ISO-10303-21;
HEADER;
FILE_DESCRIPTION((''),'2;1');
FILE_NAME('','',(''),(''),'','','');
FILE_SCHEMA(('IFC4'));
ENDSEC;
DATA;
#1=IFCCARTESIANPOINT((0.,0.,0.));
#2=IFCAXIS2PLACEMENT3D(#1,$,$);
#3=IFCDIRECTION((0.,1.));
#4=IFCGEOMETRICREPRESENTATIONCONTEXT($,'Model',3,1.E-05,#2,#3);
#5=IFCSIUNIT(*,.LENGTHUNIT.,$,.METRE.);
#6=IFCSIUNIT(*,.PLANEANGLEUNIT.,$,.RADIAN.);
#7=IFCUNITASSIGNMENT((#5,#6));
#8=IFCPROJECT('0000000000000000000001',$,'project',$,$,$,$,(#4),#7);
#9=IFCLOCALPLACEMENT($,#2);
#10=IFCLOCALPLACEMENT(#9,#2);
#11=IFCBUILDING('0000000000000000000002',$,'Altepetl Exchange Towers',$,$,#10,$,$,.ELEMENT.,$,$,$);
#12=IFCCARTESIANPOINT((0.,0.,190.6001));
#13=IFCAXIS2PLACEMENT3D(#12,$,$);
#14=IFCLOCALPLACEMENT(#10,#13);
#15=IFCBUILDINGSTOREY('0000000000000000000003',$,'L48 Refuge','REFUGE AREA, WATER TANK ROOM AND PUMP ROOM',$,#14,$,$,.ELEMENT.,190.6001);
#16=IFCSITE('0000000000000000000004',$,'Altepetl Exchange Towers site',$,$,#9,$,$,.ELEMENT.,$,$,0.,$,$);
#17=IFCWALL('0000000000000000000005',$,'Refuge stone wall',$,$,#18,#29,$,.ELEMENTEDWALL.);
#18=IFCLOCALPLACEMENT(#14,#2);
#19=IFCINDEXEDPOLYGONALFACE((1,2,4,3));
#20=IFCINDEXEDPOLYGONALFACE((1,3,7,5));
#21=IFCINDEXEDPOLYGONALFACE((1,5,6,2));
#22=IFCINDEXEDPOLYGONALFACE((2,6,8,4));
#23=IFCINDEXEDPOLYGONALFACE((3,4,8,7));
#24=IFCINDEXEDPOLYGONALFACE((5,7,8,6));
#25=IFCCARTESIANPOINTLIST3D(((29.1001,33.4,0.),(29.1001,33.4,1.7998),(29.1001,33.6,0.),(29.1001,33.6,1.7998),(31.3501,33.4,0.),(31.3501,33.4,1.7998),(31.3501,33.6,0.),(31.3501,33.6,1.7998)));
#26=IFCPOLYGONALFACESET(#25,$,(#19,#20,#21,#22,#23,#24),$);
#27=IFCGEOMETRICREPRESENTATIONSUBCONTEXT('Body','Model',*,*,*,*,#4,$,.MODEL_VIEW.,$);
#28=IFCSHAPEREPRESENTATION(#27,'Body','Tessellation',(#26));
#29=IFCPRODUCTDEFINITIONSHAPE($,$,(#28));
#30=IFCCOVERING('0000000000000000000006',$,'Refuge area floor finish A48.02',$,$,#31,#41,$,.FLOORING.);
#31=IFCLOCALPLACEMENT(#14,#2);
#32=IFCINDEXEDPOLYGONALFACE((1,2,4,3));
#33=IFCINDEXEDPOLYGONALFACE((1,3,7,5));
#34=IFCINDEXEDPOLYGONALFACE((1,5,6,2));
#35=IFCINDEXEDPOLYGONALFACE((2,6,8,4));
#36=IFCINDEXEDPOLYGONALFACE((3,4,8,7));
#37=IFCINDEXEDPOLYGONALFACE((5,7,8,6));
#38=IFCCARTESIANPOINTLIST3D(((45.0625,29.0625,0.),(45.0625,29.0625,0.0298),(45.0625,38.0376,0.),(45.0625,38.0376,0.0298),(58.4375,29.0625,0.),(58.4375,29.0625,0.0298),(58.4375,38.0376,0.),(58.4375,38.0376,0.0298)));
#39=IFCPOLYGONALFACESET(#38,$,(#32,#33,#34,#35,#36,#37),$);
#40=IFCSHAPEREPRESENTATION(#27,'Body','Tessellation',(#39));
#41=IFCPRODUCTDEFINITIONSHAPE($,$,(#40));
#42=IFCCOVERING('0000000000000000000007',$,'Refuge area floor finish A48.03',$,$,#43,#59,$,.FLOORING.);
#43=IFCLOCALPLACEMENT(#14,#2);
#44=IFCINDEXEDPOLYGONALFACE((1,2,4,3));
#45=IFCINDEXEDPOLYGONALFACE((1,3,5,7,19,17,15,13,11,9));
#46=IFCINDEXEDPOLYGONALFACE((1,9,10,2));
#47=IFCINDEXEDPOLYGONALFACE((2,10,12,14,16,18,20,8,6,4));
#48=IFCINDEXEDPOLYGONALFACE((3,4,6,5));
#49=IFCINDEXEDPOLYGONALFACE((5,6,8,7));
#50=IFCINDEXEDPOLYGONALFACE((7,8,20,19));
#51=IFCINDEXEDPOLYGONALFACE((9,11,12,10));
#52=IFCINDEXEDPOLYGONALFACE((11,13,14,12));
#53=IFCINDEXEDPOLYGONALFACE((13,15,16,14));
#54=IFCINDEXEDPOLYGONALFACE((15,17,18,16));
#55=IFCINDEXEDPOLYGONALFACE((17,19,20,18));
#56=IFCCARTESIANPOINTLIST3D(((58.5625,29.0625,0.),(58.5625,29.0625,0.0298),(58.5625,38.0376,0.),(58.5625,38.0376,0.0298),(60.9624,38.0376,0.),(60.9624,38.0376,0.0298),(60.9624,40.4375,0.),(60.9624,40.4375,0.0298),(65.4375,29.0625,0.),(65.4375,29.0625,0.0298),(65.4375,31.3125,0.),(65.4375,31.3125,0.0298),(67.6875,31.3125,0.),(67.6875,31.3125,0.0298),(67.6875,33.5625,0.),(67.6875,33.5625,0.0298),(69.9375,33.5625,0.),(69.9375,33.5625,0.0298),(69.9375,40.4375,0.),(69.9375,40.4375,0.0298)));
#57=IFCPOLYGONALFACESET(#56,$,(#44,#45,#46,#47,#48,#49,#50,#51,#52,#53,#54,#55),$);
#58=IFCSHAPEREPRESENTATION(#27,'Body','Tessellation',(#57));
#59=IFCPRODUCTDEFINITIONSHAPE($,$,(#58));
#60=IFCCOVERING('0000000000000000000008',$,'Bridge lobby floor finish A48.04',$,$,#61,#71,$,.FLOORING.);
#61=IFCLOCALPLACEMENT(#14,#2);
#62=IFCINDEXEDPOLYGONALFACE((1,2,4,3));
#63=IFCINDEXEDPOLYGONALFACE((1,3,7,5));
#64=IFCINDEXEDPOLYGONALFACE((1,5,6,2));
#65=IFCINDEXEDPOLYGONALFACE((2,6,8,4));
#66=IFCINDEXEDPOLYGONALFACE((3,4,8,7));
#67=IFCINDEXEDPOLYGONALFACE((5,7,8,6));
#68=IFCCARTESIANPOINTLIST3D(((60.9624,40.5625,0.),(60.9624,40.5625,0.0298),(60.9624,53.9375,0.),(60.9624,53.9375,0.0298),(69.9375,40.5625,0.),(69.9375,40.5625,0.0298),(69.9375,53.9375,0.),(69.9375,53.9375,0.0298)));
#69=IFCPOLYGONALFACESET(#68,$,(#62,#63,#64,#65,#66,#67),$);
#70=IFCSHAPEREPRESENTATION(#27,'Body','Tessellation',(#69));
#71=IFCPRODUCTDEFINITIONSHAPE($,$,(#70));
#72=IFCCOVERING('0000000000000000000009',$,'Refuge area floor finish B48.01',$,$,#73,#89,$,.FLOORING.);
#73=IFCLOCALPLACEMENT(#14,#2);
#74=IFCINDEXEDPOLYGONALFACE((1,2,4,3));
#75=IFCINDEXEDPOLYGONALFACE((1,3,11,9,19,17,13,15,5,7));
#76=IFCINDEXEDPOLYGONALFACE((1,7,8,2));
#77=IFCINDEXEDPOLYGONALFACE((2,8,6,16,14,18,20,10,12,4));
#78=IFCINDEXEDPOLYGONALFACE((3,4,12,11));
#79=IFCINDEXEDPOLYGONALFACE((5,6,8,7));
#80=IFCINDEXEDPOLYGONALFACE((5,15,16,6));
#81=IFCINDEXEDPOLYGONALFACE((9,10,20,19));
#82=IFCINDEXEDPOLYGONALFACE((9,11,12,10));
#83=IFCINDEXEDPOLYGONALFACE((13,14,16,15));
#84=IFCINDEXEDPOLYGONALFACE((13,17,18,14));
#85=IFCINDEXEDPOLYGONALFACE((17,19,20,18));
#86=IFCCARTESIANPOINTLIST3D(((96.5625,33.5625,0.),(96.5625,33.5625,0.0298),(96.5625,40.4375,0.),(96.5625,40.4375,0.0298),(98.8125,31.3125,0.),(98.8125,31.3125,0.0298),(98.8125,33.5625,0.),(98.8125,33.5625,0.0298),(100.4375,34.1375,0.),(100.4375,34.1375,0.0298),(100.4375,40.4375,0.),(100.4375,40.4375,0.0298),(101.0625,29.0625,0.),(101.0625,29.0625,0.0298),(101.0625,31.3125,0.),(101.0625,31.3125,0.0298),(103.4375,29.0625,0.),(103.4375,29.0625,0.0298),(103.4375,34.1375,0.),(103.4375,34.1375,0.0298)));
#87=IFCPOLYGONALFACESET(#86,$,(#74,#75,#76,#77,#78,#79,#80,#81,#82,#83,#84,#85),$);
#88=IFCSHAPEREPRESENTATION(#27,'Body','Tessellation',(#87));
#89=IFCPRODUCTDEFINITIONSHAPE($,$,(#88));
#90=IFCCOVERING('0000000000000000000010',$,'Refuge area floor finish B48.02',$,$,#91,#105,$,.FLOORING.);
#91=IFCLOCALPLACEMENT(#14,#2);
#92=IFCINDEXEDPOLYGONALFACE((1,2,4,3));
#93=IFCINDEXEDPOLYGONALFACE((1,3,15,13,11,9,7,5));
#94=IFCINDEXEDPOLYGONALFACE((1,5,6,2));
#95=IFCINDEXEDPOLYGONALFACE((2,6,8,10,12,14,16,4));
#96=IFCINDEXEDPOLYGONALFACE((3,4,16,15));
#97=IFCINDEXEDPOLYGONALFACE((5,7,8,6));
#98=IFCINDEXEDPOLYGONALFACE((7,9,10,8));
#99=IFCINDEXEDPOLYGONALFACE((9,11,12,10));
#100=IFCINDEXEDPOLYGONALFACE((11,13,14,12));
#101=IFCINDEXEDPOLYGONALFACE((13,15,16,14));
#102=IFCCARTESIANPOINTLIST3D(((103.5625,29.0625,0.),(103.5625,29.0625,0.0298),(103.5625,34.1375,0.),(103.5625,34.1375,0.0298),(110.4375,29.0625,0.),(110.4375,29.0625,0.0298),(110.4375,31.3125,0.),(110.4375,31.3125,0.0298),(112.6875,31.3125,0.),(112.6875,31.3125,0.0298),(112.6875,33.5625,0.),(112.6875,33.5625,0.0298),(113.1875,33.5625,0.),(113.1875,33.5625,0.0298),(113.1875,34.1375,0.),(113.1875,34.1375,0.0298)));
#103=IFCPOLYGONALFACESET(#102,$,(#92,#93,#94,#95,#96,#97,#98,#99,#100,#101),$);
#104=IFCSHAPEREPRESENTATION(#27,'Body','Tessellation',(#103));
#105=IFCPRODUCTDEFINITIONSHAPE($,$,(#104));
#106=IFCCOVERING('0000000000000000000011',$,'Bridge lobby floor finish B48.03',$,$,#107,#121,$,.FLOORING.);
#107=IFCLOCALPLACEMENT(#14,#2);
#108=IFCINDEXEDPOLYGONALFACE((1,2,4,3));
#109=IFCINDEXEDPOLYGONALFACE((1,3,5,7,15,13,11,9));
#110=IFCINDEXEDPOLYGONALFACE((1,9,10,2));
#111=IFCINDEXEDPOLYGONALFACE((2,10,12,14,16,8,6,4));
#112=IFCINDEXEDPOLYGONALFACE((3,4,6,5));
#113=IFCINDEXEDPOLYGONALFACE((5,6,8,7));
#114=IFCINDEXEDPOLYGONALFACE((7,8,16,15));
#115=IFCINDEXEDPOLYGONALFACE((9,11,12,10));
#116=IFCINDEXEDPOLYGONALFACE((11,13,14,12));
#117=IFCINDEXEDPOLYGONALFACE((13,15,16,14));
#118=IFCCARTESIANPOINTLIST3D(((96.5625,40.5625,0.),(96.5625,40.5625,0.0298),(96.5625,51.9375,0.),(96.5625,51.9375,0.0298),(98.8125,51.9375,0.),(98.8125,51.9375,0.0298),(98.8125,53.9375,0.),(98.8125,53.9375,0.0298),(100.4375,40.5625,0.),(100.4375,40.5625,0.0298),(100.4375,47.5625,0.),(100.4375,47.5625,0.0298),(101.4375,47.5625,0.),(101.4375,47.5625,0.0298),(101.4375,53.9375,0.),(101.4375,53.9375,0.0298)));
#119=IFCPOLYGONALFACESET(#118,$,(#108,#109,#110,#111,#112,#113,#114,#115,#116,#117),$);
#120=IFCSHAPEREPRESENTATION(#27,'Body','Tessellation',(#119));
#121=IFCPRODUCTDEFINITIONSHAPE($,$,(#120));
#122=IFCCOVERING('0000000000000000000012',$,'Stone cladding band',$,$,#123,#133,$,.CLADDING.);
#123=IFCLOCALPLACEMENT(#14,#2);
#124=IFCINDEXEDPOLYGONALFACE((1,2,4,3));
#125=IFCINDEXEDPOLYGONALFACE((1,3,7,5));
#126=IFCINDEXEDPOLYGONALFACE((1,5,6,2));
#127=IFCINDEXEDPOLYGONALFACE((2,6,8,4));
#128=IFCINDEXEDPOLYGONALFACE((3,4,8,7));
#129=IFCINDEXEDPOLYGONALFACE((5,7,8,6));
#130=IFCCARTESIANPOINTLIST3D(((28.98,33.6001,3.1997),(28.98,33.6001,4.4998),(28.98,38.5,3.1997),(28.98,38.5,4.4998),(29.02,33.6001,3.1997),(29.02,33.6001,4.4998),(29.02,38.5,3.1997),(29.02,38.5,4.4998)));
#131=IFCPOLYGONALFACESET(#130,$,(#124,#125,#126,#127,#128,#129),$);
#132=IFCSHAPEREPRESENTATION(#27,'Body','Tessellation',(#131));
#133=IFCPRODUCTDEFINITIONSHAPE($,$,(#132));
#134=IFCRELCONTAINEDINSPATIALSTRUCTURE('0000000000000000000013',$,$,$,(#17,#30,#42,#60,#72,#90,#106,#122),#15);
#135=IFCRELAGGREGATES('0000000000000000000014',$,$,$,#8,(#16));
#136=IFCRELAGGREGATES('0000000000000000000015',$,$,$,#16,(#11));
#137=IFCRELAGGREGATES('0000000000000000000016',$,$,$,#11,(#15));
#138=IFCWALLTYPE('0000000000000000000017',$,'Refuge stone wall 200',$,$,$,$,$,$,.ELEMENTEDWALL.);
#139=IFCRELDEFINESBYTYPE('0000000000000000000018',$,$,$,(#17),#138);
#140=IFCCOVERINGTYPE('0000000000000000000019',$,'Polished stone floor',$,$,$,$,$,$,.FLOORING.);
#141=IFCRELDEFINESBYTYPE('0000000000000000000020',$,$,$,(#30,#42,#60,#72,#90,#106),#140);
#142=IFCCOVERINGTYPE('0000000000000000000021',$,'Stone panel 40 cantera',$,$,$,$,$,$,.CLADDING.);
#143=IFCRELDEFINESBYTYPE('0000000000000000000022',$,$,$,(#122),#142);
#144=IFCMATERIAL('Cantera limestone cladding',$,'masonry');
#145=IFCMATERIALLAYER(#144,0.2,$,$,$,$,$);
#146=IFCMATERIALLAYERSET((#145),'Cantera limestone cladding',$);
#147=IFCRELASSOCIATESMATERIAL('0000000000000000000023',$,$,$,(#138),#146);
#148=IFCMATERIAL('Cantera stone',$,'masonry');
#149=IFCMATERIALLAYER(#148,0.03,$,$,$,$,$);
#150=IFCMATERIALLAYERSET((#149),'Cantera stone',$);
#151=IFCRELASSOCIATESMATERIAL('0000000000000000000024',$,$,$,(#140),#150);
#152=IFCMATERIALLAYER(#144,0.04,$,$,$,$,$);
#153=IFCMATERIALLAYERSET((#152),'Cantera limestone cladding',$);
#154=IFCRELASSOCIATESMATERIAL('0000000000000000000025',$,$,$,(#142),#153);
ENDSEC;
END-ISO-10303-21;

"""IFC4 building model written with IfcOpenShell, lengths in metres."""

from ifc_helpers import new_model, si_unit, direction, frame, frame_2d, origin, origin_2d, place, context, subcontext, project, spatial, polyline, rectangle, outline, extrude, material, layer, layer_set, type_object, element, save


model = new_model("IFC4")

# Units and contexts
model_context = context("Model", 3, precision=1e-05, world=origin(), true_north=direction((0.0, 1.0)))
body_context = subcontext(model_context, "Body", "Model", "MODEL_VIEW")
ifc_project = project(units=[si_unit("LENGTHUNIT", "METRE"), si_unit("PLANEANGLEUNIT", "RADIAN")], contexts=[model_context])

# Site, building, storey
site_placement = place(None, origin())
site = spatial("IfcSite", under=ifc_project, at=site_placement, Name="Altepetl Exchange Towers site", CompositionType="ELEMENT", RefElevation=0.0)
building_placement = place(site_placement, origin())
building = spatial("IfcBuilding", under=site, at=building_placement, Name="Altepetl Exchange Towers", CompositionType="ELEMENT")
storey_placement = place(building_placement, frame((0.0, 0.0, 190.6001)))
storey = spatial("IfcBuildingStorey", under=building, at=storey_placement, Name="L48 Refuge", Description="REFUGE AREA, WATER TANK ROOM AND PUMP ROOM", CompositionType="ELEMENT", Elevation=190.6001)

# Wall
ifc_material_1 = material(Name="Cantera limestone cladding", Category="masonry")
ifc_layer_1 = layer(ifc_material_1, 0.2)
ifc_layer_set_1 = layer_set([ifc_layer_1], Name="Cantera limestone cladding")
wall_type = type_object("IfcWallType", Name="Refuge stone wall 200", PredefinedType="ELEMENTEDWALL", material=ifc_layer_set_1)
wall_1_placement = place(storey_placement, frame((29.1001, 33.5, 0.0)))
element("IfcWall", 1, at=wall_1_placement, inside=storey, type_object=wall_type, Name="Refuge stone wall", PredefinedType="ELEMENTEDWALL", context=body_context, shape_type="SweptSolid", body=[
    extrude(rectangle(XDim=2.25, YDim=0.2, at=frame_2d((1.125, 0.0))), origin(), (0.0, 0.0, 1.0), 1.7998),
])

# Coverings
ifc_material_2 = material(Name="Cantera stone", Category="masonry")
ifc_layer_2 = layer(ifc_material_2, 0.03)
ifc_layer_set_2 = layer_set([ifc_layer_2], Name="Cantera stone")
covering_type_1 = type_object("IfcCoveringType", Name="Polished stone floor", PredefinedType="FLOORING", material=ifc_layer_set_2)
covering_1_placement = place(storey_placement, origin())
element("IfcCovering", 2, at=covering_1_placement, inside=storey, type_object=covering_type_1, Name="Refuge area floor finish A48.02", PredefinedType="FLOORING", context=body_context, shape_type="SweptSolid", body=[
    extrude(outline(polyline([(58.4375, 29.0625), (58.4375, 38.0376), (45.0625, 38.0376), (45.0625, 29.0625), (58.4375, 29.0625)])), origin(), (0.0, 0.0, 1.0), 0.0298),
])
covering_2_placement = place(storey_placement, origin())
element("IfcCovering", 3, at=covering_2_placement, inside=storey, type_object=covering_type_1, Name="Refuge area floor finish A48.03", PredefinedType="FLOORING", context=body_context, shape_type="SweptSolid", body=[
    extrude(outline(polyline([(58.5625, 29.0625), (65.4375, 29.0625), (65.4375, 31.3125), (67.6875, 31.3125), (67.6875, 33.5625), (69.9375, 33.5625), (69.9375, 40.4375), (60.9624, 40.4375), (60.9624, 38.0376), (58.5625, 38.0376), (58.5625, 29.0625)])), origin(), (0.0, 0.0, 1.0), 0.0298),
])
covering_3_placement = place(storey_placement, origin())
element("IfcCovering", 4, at=covering_3_placement, inside=storey, type_object=covering_type_1, Name="Bridge lobby floor finish A48.04", PredefinedType="FLOORING", context=body_context, shape_type="SweptSolid", body=[
    extrude(outline(polyline([(69.9375, 40.5625), (69.9375, 53.9375), (60.9624, 53.9375), (60.9624, 40.5625), (69.9375, 40.5625)])), origin(), (0.0, 0.0, 1.0), 0.0298),
])
covering_4_placement = place(storey_placement, origin())
element("IfcCovering", 5, at=covering_4_placement, inside=storey, type_object=covering_type_1, Name="Refuge area floor finish B48.01", PredefinedType="FLOORING", context=body_context, shape_type="SweptSolid", body=[
    extrude(outline(polyline([(96.5625, 40.4375), (96.5625, 33.5625), (98.8125, 33.5625), (98.8125, 31.3125), (101.0625, 31.3125), (101.0625, 29.0625), (103.4375, 29.0625), (103.4375, 34.1375), (100.4375, 34.1375), (100.4375, 40.4375), (96.5625, 40.4375)])), origin(), (0.0, 0.0, 1.0), 0.0298),
])
covering_5_placement = place(storey_placement, origin())
element("IfcCovering", 6, at=covering_5_placement, inside=storey, type_object=covering_type_1, Name="Refuge area floor finish B48.02", PredefinedType="FLOORING", context=body_context, shape_type="SweptSolid", body=[
    extrude(outline(polyline([(113.1875, 34.1375), (103.5625, 34.1375), (103.5625, 29.0625), (110.4375, 29.0625), (110.4375, 31.3125), (112.6875, 31.3125), (112.6875, 33.5625), (113.1875, 33.5625), (113.1875, 34.1375)])), origin(), (0.0, 0.0, 1.0), 0.0298),
])
covering_6_placement = place(storey_placement, origin())
element("IfcCovering", 7, at=covering_6_placement, inside=storey, type_object=covering_type_1, Name="Bridge lobby floor finish B48.03", PredefinedType="FLOORING", context=body_context, shape_type="SweptSolid", body=[
    extrude(outline(polyline([(96.5625, 51.9375), (96.5625, 40.5625), (100.4375, 40.5625), (100.4375, 47.5625), (101.4375, 47.5625), (101.4375, 53.9375), (98.8125, 53.9375), (98.8125, 51.9375), (96.5625, 51.9375)])), origin(), (0.0, 0.0, 1.0), 0.0298),
])
ifc_layer_3 = layer(ifc_material_1, 0.04)
ifc_layer_set_3 = layer_set([ifc_layer_3], Name="Cantera limestone cladding")
covering_type_2 = type_object("IfcCoveringType", Name="Stone panel 40 cantera", PredefinedType="CLADDING", material=ifc_layer_set_3)
covering_7_placement = place(storey_placement, frame((29.0, 36.05, 3.1997), z_axis=(0.0, 0.0, 1.0), x_axis=(0.0, -1.0, 0.0)))
element("IfcCovering", 8, at=covering_7_placement, inside=storey, type_object=covering_type_2, Name="Stone cladding band", PredefinedType="CLADDING", context=body_context, shape_type="SweptSolid", body=[
    extrude(rectangle(XDim=4.8999, YDim=0.04, at=origin_2d()), origin(), (0.0, 0.0, 1.0), 1.3),
])

save(model, "model.ifc")
